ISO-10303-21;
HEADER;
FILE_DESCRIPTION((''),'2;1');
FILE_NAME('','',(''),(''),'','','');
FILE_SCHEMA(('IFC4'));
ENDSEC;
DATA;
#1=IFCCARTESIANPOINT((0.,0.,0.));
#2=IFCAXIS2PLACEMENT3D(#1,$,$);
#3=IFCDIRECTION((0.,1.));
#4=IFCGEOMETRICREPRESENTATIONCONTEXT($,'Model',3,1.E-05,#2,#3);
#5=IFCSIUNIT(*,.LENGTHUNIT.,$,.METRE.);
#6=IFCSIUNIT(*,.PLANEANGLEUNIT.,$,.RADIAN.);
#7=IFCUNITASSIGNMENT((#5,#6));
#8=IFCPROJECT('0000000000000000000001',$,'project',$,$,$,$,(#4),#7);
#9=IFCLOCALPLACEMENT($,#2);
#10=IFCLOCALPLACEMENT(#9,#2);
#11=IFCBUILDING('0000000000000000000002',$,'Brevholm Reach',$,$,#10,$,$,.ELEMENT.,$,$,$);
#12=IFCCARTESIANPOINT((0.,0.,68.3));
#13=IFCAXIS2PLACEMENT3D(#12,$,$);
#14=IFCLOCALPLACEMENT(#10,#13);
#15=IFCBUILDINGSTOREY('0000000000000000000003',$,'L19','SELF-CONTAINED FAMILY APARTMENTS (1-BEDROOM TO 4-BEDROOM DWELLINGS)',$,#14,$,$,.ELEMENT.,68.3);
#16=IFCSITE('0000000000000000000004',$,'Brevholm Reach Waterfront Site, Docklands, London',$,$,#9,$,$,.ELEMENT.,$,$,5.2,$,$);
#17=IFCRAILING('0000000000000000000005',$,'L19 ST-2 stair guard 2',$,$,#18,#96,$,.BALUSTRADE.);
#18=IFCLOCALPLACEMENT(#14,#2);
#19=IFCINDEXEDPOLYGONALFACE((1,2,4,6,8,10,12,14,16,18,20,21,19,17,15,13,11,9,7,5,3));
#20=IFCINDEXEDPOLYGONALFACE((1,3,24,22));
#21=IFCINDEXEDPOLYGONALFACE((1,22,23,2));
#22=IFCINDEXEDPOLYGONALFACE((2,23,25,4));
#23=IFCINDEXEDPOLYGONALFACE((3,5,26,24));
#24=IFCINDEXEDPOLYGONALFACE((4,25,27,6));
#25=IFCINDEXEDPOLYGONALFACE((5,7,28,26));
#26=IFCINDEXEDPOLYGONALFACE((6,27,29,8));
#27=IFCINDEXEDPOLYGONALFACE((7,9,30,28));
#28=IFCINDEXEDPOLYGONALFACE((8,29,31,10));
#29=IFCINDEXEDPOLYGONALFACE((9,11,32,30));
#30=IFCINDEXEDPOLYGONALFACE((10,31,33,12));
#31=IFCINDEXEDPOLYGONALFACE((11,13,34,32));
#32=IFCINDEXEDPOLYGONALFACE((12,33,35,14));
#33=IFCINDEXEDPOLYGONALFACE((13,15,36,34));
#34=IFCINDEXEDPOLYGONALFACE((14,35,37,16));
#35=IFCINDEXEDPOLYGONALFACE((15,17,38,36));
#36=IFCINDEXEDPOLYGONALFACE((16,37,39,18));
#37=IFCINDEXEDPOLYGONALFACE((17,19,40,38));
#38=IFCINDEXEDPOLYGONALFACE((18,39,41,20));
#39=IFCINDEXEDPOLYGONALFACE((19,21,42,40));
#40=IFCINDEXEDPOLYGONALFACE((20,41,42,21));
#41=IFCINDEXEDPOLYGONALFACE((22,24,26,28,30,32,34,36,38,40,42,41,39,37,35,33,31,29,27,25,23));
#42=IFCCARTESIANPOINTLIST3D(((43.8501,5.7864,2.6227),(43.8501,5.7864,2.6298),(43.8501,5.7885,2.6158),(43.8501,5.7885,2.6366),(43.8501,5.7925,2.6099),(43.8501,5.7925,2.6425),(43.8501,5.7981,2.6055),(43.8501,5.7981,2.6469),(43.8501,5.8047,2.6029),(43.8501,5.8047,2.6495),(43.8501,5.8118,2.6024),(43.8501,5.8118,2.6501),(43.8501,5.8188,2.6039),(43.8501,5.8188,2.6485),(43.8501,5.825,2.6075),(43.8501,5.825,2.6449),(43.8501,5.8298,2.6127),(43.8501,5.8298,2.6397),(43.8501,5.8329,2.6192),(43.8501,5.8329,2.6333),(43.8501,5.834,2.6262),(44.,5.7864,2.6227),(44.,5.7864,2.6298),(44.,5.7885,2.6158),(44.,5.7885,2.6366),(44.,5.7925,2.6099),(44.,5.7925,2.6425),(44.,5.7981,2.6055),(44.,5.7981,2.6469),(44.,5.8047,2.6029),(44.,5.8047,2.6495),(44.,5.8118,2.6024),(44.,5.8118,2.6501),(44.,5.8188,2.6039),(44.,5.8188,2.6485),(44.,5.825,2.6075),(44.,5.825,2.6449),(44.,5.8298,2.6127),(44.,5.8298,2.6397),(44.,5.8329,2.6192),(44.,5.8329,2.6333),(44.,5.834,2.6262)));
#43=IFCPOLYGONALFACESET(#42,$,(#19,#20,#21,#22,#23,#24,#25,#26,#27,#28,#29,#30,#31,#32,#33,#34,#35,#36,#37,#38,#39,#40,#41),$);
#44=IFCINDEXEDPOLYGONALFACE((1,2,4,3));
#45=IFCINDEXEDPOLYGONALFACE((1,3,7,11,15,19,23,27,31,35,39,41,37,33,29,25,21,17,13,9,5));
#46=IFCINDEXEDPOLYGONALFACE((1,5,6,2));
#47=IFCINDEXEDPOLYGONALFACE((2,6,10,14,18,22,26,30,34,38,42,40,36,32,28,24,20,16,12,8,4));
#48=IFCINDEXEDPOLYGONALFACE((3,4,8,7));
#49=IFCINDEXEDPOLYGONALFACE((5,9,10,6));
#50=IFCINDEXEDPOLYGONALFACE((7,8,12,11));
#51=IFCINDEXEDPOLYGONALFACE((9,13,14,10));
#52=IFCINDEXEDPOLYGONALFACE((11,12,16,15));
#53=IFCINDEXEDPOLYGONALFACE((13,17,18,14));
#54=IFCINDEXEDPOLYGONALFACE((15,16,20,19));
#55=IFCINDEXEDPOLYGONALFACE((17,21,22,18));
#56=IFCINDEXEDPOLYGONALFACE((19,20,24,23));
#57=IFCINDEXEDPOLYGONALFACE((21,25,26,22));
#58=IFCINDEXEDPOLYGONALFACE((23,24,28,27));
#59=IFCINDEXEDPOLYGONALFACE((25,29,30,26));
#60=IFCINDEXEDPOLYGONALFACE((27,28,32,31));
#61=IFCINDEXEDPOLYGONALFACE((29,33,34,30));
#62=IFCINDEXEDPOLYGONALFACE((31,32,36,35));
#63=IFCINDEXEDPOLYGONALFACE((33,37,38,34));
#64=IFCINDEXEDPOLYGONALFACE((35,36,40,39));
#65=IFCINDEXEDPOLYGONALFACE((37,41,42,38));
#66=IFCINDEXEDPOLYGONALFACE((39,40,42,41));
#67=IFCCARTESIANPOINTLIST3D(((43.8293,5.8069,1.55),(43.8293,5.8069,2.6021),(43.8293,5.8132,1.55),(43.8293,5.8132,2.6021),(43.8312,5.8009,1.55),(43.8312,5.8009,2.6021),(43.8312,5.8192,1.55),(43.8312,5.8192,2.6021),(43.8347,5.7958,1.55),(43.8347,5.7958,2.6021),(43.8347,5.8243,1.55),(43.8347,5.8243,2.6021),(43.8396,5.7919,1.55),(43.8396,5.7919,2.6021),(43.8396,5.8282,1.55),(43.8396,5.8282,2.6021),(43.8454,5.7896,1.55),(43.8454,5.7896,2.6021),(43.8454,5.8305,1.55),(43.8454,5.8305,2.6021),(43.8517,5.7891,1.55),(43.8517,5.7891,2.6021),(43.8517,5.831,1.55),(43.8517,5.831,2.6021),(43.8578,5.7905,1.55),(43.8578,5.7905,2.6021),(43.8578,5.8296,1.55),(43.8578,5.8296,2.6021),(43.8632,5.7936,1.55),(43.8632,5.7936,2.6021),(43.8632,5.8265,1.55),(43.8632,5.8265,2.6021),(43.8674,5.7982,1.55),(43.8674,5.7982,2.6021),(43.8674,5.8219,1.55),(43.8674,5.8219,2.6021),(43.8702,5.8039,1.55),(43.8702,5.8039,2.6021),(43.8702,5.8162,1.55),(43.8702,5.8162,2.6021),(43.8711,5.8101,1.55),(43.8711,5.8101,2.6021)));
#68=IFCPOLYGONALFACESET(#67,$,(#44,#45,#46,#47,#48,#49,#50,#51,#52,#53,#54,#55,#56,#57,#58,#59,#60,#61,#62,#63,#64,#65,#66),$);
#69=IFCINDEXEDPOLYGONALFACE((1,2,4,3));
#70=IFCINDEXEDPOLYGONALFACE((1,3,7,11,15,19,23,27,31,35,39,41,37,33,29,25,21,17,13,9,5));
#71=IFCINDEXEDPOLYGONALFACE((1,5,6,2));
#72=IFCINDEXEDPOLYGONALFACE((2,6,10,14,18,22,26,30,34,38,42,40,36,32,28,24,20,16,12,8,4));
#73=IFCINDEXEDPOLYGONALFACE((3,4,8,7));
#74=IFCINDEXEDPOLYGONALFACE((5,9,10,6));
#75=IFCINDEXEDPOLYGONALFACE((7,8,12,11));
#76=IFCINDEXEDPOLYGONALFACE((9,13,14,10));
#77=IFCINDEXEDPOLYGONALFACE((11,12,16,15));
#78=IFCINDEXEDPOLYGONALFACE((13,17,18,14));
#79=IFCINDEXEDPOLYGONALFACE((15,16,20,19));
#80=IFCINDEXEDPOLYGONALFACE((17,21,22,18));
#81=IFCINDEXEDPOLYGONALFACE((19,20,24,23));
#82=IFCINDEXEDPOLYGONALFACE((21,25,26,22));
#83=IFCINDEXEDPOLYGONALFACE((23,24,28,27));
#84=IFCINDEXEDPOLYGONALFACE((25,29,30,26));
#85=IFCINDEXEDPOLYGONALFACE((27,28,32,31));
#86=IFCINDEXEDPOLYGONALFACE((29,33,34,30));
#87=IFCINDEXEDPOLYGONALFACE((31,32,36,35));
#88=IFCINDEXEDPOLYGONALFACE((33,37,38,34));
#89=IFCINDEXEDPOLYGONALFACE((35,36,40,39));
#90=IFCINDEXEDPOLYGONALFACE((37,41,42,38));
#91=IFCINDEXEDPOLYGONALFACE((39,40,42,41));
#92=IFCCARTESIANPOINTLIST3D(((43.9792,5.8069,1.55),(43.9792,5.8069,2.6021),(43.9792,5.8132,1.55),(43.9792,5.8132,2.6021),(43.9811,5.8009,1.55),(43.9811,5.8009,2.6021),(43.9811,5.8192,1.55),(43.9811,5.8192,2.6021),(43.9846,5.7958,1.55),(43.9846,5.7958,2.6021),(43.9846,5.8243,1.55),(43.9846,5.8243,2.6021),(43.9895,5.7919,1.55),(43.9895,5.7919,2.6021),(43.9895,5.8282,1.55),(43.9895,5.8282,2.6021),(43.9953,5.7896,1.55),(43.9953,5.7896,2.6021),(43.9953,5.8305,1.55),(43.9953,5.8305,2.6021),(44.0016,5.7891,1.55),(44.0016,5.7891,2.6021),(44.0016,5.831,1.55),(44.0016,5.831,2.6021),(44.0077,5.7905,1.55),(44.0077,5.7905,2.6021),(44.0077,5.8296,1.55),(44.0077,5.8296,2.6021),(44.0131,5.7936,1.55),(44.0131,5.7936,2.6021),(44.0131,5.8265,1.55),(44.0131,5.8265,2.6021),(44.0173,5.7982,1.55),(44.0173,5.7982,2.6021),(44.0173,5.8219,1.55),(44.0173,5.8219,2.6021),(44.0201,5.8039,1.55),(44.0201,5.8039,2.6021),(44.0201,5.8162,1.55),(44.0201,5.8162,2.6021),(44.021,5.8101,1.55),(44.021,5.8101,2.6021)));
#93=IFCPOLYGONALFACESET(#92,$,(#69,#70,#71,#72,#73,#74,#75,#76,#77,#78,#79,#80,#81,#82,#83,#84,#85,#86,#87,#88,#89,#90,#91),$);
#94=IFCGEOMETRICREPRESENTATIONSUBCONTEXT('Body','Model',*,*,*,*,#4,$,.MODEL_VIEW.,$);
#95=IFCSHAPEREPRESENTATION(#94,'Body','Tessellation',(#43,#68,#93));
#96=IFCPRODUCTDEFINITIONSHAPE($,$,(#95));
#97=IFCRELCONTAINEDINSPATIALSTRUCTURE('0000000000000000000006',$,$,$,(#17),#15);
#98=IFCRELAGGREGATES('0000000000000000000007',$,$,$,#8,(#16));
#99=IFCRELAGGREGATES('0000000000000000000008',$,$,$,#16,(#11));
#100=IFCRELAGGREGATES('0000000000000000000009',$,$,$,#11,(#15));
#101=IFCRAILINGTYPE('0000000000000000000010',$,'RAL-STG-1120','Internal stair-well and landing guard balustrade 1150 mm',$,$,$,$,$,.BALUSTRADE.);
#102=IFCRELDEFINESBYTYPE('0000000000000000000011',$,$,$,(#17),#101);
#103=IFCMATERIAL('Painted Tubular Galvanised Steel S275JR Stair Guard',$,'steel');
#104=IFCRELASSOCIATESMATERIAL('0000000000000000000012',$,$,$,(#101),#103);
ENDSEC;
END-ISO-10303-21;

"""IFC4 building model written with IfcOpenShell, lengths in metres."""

from ifc_helpers import new_model, si_unit, direction, frame, origin, origin_2d, place, context, subcontext, project, spatial, circle, extrude, material, type_object, element, save


model = new_model("IFC4")

# Units and contexts
model_context = context("Model", 3, precision=1e-05, world=origin(), true_north=direction((0.0, 1.0)))
body_context = subcontext(model_context, "Body", "Model", "MODEL_VIEW")
ifc_project = project(units=[si_unit("LENGTHUNIT", "METRE"), si_unit("PLANEANGLEUNIT", "RADIAN")], contexts=[model_context])

# Site, building, storey
site_placement = place(None, origin())
site = spatial("IfcSite", under=ifc_project, at=site_placement, Name="Brevholm Reach Waterfront Site, Docklands, London", CompositionType="ELEMENT", RefElevation=5.2)
building_placement = place(site_placement, origin())
building = spatial("IfcBuilding", under=site, at=building_placement, Name="Brevholm Reach", CompositionType="ELEMENT")
storey_placement = place(building_placement, frame((0.0, 0.0, 68.3)))
storey = spatial("IfcBuildingStorey", under=building, at=storey_placement, Name="L19", Description="SELF-CONTAINED FAMILY APARTMENTS (1-BEDROOM TO 4-BEDROOM DWELLINGS)", CompositionType="ELEMENT", Elevation=68.3)

# Railing
ifc_material_1 = material(Name="Painted Tubular Galvanised Steel S275JR Stair Guard", Category="steel")
railing_type_1 = type_object("IfcRailingType", Name="RAL-STG-1120", Description="Internal stair-well and landing guard balustrade 1150 mm", PredefinedType="BALUSTRADE", material=ifc_material_1)
railing_1_placement = place(storey_placement, frame((43.8501, 5.8101, 1.55)))
element("IfcRailing", 1, at=railing_1_placement, inside=storey, type_object=railing_type_1, Name="L19 ST-2 stair guard 2", PredefinedType="BALUSTRADE", context=body_context, shape_type="SweptSolid", body=[
    extrude(circle(Radius=0.0239, at=origin_2d()), frame((0.0, 0.0, 1.0762), z_axis=(1.0, 0.0, 0.0), x_axis=(0.0, 1.0, 0.0)), (0.0, 0.0, 1.0), 0.1499),
    extrude(circle(Radius=0.021, at=origin_2d()), origin(), (0.0, 0.0, 1.0), 1.052),
    extrude(circle(Radius=0.021, at=origin_2d()), frame((0.1499, 0.0, 0.0)), (0.0, 0.0, 1.0), 1.052),
])

save(model, "model.ifc")
